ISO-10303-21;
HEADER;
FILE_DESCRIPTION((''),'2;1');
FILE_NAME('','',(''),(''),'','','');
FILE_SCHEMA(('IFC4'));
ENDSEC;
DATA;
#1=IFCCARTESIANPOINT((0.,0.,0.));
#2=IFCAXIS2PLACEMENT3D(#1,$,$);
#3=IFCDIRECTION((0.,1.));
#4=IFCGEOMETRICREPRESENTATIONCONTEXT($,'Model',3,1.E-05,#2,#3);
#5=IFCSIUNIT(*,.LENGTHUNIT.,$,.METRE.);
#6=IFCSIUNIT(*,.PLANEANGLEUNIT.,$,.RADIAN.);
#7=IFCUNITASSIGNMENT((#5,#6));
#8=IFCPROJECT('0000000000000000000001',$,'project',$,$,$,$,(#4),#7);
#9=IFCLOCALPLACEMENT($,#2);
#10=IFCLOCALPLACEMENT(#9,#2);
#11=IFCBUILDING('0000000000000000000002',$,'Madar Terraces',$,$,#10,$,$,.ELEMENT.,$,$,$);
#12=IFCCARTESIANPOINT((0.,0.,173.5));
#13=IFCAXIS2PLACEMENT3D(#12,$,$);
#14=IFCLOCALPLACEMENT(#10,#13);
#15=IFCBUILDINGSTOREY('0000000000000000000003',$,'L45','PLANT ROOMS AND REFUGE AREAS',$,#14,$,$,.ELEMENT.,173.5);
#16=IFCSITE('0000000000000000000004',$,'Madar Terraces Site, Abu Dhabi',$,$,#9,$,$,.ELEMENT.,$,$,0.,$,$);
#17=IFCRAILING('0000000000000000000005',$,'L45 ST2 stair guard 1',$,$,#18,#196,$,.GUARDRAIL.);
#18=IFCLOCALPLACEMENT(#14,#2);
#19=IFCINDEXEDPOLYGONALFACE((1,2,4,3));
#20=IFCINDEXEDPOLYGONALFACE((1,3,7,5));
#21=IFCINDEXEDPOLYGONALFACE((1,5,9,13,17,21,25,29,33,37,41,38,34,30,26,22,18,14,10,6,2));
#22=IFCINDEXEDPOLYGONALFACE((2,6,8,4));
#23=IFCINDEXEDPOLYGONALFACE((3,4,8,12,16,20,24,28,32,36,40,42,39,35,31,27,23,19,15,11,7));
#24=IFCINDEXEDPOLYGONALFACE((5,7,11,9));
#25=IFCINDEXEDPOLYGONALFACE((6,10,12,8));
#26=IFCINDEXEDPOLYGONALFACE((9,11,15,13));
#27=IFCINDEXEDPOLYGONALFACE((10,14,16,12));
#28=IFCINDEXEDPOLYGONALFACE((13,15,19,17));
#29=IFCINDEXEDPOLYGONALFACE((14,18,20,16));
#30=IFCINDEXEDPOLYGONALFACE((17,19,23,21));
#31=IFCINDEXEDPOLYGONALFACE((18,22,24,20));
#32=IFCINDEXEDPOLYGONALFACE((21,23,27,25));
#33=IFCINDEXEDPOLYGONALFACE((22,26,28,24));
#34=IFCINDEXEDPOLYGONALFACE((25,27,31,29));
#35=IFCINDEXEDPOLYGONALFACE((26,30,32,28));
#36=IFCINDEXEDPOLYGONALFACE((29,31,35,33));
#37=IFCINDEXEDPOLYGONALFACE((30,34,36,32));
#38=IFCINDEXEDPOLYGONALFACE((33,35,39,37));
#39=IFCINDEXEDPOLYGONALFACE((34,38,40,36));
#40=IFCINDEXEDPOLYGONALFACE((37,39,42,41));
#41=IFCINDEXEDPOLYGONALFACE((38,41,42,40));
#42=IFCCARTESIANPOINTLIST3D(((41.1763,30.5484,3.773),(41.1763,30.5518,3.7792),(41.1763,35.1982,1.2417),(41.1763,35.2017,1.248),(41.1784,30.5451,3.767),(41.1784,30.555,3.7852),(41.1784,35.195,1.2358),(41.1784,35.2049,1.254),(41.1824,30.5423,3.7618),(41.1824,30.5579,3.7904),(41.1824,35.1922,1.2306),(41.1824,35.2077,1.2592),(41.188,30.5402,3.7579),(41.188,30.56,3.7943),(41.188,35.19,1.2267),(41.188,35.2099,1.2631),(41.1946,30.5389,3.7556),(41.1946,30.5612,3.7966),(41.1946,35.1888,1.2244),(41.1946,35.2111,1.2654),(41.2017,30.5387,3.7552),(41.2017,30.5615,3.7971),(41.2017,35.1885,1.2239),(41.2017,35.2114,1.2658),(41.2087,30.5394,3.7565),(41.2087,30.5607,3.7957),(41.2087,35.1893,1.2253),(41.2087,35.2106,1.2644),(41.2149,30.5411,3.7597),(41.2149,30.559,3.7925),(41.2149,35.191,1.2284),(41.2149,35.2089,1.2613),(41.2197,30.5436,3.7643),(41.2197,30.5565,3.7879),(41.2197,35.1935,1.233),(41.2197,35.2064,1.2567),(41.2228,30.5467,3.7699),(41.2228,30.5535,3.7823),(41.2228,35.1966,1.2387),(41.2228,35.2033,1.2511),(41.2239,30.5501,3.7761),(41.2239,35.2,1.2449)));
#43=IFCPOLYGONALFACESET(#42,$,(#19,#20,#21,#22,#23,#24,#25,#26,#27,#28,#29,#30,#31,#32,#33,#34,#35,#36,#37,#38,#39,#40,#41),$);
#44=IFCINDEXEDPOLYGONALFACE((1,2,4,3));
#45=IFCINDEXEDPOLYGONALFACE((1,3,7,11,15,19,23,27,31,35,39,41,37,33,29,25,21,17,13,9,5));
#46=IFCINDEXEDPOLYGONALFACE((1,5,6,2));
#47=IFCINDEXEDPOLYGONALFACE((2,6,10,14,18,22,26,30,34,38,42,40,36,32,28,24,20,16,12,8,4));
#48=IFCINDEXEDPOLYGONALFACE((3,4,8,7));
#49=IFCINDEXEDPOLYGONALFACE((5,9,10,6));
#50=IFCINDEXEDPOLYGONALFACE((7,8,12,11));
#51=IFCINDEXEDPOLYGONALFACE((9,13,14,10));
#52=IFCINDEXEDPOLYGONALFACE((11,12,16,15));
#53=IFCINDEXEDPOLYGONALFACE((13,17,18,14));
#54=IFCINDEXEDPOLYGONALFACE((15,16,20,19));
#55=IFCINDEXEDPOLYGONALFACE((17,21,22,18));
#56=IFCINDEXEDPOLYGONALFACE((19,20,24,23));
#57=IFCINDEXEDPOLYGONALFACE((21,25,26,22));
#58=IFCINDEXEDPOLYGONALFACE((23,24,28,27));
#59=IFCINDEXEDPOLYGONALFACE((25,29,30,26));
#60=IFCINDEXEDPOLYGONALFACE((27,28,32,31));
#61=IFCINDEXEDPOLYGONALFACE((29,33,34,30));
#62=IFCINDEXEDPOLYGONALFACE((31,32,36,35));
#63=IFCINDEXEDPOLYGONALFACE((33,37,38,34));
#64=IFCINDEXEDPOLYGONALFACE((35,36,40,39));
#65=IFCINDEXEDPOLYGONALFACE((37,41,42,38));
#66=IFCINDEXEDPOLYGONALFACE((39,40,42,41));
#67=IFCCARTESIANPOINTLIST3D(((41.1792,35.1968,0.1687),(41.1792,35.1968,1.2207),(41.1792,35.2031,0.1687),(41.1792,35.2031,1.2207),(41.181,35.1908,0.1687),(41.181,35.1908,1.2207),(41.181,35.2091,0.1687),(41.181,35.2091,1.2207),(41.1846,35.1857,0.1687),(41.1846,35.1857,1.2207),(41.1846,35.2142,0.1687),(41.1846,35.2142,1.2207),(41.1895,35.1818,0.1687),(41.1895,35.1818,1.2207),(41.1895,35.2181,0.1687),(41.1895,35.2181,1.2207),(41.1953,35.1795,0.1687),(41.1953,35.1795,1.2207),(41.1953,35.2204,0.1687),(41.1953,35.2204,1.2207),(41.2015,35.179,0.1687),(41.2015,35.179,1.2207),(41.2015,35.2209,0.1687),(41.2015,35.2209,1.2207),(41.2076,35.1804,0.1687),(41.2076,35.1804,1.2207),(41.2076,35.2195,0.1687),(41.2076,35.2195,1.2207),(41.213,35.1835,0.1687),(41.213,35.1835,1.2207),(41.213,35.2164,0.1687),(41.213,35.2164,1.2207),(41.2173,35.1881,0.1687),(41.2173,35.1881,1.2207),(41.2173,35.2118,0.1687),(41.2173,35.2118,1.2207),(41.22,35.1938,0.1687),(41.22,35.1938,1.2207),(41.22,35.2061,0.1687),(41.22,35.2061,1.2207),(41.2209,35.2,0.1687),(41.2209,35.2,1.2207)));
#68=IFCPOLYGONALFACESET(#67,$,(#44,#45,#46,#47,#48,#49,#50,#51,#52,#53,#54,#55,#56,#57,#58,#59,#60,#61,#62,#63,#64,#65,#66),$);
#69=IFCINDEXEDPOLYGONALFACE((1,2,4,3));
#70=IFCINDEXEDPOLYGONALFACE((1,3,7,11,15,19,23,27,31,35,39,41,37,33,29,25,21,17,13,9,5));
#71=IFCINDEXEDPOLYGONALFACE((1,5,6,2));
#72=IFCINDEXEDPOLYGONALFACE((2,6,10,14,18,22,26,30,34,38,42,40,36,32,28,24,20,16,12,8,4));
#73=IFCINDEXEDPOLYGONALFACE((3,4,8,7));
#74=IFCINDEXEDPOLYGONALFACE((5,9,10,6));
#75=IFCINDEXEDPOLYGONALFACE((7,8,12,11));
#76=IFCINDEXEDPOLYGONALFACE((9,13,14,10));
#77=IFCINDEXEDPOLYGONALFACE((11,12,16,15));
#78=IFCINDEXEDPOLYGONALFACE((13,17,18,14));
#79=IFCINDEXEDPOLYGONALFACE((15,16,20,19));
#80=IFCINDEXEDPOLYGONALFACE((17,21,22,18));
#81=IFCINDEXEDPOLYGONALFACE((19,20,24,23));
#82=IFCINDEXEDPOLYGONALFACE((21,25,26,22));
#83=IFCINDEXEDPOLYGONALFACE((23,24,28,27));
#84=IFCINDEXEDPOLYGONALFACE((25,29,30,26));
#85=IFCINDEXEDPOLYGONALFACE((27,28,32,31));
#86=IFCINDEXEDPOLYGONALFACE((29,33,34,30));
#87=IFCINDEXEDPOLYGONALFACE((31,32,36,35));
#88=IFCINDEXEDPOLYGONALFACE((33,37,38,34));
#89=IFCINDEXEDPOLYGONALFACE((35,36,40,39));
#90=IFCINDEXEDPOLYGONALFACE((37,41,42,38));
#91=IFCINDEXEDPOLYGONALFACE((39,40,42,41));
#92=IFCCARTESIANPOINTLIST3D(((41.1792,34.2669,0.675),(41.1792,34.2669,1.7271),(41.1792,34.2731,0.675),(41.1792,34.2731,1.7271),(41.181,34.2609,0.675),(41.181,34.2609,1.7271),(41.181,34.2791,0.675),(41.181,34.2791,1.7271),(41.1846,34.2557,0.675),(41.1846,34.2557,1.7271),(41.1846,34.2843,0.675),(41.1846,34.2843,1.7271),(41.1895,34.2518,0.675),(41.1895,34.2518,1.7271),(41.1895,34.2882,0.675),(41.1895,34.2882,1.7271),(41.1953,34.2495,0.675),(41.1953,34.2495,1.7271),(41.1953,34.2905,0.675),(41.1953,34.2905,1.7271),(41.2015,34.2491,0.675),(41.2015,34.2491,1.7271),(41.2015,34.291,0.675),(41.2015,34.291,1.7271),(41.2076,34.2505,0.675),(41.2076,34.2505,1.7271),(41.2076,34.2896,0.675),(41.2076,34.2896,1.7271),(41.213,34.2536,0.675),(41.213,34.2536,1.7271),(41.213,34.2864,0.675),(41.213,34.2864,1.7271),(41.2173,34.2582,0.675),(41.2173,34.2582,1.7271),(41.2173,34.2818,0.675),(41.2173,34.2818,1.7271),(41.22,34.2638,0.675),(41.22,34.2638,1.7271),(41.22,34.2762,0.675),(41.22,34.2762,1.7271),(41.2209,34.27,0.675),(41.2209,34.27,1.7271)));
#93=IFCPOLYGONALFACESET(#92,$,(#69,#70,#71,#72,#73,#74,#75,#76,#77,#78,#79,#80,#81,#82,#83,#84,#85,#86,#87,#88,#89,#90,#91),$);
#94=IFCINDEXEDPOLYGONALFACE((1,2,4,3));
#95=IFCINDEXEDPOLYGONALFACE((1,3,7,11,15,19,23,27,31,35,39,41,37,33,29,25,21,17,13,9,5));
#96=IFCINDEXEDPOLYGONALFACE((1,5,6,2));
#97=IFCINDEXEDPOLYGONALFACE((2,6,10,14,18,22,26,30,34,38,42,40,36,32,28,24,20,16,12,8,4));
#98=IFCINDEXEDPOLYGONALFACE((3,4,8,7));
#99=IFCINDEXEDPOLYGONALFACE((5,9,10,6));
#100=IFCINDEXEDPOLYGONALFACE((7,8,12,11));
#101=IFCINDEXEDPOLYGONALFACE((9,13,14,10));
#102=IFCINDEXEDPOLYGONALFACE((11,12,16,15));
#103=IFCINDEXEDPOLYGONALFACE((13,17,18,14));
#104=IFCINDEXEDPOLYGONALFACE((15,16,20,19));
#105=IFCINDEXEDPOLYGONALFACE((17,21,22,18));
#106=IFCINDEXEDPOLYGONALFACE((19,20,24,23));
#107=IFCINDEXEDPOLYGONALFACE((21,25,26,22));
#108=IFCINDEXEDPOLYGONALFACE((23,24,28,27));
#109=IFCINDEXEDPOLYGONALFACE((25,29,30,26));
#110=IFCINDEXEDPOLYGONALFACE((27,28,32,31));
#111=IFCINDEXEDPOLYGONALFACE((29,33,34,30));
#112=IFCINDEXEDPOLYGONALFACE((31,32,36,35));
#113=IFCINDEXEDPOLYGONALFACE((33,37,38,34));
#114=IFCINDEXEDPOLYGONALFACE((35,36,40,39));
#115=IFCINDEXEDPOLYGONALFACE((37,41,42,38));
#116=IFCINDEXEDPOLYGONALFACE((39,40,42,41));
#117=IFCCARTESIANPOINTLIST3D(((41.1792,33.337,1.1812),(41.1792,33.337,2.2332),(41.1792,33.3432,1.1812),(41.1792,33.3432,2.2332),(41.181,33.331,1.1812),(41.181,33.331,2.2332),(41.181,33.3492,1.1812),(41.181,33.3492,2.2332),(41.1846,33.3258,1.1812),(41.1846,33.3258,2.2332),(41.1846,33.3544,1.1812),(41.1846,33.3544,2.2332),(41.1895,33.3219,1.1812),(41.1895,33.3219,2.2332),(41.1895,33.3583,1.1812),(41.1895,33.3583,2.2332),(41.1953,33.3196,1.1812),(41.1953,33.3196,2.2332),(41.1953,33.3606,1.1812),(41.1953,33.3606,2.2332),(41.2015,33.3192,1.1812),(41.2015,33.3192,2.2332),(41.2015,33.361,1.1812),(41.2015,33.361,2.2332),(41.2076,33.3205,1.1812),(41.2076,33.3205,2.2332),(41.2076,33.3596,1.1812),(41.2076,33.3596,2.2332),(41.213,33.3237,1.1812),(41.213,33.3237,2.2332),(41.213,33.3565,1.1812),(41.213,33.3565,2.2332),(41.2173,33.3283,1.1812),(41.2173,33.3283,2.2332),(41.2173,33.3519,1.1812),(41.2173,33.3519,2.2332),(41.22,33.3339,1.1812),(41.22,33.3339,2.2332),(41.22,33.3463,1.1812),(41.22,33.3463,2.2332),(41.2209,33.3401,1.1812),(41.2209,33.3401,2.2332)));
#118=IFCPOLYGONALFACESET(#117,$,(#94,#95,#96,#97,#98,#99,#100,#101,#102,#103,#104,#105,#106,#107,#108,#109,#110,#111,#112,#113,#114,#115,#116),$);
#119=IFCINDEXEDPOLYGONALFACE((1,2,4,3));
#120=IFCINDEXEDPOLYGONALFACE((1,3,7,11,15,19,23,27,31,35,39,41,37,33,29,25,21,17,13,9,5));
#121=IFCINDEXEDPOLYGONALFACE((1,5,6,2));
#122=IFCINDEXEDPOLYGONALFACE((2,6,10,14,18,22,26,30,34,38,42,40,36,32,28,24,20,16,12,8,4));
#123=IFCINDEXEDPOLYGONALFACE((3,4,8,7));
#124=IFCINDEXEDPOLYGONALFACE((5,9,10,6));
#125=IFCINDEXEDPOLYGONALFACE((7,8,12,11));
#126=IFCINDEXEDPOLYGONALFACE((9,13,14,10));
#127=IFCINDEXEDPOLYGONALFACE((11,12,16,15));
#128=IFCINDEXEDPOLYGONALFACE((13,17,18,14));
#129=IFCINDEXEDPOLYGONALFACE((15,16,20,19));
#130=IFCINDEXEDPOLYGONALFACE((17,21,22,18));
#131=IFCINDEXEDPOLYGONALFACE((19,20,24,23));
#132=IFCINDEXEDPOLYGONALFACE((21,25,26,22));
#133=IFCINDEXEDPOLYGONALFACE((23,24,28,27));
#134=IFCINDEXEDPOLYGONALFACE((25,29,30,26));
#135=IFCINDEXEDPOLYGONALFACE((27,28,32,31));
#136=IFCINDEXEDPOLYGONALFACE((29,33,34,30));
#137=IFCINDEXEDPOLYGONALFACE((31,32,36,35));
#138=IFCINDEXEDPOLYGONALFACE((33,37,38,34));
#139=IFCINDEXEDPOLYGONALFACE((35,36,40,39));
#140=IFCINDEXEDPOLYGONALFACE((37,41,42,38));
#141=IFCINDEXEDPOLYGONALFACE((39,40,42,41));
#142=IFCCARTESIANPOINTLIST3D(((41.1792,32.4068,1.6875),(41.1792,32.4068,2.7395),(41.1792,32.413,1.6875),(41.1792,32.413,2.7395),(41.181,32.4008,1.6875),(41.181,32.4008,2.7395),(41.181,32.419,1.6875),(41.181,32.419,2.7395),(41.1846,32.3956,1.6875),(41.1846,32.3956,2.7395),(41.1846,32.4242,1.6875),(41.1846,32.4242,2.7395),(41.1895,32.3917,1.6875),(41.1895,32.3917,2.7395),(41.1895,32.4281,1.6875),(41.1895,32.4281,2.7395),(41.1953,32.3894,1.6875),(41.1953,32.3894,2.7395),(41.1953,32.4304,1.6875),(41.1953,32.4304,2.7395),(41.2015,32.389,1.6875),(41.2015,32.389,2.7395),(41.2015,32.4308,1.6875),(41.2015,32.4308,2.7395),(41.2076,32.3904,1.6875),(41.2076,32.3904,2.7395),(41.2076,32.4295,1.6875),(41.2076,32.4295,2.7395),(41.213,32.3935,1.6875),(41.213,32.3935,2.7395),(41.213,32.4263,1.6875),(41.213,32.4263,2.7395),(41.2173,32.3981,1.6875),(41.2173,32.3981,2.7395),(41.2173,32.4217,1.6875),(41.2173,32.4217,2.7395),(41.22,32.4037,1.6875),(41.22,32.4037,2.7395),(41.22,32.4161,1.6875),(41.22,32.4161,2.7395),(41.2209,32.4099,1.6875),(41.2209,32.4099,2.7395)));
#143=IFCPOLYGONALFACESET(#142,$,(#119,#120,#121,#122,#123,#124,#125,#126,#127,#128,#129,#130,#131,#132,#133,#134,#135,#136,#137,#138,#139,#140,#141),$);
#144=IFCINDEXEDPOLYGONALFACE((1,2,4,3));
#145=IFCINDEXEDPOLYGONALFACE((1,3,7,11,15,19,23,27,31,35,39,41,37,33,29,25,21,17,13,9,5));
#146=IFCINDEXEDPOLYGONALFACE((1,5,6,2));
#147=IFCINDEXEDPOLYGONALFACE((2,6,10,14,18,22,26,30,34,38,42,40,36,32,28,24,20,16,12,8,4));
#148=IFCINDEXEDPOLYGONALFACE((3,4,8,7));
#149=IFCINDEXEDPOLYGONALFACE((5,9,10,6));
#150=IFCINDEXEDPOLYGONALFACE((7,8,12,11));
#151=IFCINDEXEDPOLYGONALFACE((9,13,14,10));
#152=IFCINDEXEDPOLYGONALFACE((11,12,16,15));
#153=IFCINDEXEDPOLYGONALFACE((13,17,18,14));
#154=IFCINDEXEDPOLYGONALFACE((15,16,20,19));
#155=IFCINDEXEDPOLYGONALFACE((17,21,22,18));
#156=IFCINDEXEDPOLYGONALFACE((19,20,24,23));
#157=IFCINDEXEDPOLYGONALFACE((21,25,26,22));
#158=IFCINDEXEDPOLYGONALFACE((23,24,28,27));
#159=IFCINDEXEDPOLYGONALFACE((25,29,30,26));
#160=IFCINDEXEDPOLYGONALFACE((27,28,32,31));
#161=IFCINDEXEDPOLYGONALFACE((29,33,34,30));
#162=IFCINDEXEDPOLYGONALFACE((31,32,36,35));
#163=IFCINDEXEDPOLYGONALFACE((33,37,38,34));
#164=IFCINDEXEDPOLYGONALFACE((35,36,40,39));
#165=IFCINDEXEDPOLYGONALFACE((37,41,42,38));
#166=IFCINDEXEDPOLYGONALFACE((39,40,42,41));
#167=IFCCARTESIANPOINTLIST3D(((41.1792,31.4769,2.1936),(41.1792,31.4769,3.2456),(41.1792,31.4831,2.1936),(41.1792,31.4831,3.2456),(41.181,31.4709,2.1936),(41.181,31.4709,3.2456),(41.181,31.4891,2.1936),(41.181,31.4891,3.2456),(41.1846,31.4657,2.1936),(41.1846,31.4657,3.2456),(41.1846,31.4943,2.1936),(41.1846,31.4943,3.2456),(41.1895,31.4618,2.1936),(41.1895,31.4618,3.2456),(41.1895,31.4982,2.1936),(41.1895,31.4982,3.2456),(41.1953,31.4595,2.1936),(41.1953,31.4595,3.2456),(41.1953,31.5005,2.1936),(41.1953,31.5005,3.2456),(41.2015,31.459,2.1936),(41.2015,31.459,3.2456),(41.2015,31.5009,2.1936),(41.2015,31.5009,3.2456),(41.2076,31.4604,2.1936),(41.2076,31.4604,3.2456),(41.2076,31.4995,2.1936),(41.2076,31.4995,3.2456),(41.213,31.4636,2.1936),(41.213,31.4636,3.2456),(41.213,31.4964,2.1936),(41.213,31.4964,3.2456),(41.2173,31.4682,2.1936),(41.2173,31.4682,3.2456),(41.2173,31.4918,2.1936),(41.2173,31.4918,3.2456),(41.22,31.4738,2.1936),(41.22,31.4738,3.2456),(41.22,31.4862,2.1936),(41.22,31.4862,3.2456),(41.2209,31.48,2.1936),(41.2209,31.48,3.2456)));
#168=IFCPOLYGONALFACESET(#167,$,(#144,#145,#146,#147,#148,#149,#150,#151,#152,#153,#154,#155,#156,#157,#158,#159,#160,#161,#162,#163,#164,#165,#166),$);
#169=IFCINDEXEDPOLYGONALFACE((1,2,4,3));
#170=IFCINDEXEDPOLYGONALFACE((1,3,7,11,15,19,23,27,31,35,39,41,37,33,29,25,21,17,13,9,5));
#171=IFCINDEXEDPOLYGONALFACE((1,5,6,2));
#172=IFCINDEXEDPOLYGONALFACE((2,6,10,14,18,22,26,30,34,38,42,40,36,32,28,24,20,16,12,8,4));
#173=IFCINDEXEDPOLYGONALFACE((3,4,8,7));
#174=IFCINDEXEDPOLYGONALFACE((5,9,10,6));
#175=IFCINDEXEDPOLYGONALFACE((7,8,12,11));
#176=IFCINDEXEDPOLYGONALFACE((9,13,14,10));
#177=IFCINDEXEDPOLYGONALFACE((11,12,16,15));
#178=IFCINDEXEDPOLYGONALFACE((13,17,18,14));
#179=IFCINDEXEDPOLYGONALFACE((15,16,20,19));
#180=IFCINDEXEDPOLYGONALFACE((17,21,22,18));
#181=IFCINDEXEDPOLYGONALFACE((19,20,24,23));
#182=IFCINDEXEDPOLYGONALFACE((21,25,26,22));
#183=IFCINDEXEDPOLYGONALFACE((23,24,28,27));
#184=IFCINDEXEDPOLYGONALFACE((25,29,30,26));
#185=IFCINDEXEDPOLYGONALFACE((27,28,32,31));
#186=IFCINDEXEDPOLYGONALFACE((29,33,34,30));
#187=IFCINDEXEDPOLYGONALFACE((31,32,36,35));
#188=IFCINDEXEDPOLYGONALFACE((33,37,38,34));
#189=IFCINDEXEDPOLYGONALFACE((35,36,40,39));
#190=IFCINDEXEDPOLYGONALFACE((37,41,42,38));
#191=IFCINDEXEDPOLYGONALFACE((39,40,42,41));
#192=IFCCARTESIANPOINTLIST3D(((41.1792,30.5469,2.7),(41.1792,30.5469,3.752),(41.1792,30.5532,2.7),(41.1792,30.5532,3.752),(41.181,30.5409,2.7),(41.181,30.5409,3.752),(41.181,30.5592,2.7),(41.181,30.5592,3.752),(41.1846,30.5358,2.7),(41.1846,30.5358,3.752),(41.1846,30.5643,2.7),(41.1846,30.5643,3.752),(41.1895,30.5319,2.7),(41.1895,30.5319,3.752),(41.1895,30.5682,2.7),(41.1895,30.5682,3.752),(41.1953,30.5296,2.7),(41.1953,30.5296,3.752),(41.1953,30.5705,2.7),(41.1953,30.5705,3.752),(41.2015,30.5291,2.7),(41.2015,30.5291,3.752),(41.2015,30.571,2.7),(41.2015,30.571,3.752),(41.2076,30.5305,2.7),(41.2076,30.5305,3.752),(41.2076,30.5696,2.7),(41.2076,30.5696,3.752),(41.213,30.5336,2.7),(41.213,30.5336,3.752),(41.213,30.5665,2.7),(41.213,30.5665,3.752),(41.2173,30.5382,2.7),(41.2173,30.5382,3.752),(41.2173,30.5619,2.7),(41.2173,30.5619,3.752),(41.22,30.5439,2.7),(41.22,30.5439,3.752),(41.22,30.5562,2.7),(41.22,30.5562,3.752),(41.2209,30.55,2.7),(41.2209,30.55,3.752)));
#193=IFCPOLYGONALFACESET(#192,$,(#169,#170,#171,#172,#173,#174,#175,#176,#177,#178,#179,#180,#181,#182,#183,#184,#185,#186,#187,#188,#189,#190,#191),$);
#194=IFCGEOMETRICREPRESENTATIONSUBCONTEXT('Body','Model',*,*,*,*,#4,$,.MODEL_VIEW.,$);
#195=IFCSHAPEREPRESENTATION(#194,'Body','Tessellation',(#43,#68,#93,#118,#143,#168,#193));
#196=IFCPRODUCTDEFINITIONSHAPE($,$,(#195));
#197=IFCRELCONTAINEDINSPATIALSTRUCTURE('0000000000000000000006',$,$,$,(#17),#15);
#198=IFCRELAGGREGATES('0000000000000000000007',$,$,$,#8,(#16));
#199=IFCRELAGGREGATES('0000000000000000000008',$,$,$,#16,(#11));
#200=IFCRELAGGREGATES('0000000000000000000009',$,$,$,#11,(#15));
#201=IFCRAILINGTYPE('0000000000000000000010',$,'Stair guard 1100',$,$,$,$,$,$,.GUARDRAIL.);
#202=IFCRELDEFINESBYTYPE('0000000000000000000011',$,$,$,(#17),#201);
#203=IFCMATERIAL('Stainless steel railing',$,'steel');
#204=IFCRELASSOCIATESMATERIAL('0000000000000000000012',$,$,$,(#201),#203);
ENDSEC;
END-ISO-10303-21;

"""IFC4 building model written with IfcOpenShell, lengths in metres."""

from ifc_helpers import new_model, si_unit, direction, frame, origin, origin_2d, place, context, subcontext, project, spatial, circle, extrude, material, type_object, element, save


model = new_model("IFC4")

# Units and contexts
model_context = context("Model", 3, precision=1e-05, world=origin(), true_north=direction((0.0, 1.0)))
body_context = subcontext(model_context, "Body", "Model", "MODEL_VIEW")
ifc_project = project(units=[si_unit("LENGTHUNIT", "METRE"), si_unit("PLANEANGLEUNIT", "RADIAN")], contexts=[model_context])

# Site, building, storey
site_placement = place(None, origin())
site = spatial("IfcSite", under=ifc_project, at=site_placement, Name="Madar Terraces Site, Abu Dhabi", CompositionType="ELEMENT", RefElevation=0.0)
building_placement = place(site_placement, origin())
building = spatial("IfcBuilding", under=site, at=building_placement, Name="Madar Terraces", CompositionType="ELEMENT")
storey_placement = place(building_placement, frame((0.0, 0.0, 173.5)))
storey = spatial("IfcBuildingStorey", under=building, at=storey_placement, Name="L45", Description="PLANT ROOMS AND REFUGE AREAS", CompositionType="ELEMENT", Elevation=173.5)

# Railing
ifc_material_1 = material(Name="Stainless steel railing", Category="steel")
railing_type_1 = type_object("IfcRailingType", Name="Stair guard 1100", PredefinedType="GUARDRAIL", material=ifc_material_1)
railing_1_placement = place(storey_placement, frame((41.2, 35.2, 0.1687)))
element("IfcRailing", 1, at=railing_1_placement, inside=storey, type_object=railing_type_1, Name="L45 ST2 stair guard 1", PredefinedType="GUARDRAIL", context=body_context, shape_type="SweptSolid", body=[
    extrude(circle(Radius=0.0239, at=origin_2d()), frame((0.0, 0.0, 1.0762), z_axis=(0.0, -0.878297, 0.478115), x_axis=(1.0, 0.0, 0.0)), (0.0, 0.0, 1.0), 5.2942),
    extrude(circle(Radius=0.021, at=origin_2d()), origin(), (0.0, 0.0, 1.0), 1.052),
    extrude(circle(Radius=0.021, at=origin_2d()), frame((0.0, -0.9299, 0.5063)), (0.0, 0.0, 1.0), 1.052),
    extrude(circle(Radius=0.021, at=origin_2d()), frame((0.0, -1.8599, 1.0125)), (0.0, 0.0, 1.0), 1.052),
    extrude(circle(Radius=0.021, at=origin_2d()), frame((0.0, -2.79, 1.5188)), (0.0, 0.0, 1.0), 1.052),
    extrude(circle(Radius=0.021, at=origin_2d()), frame((0.0, -3.72, 2.0249)), (0.0, 0.0, 1.0), 1.052),
    extrude(circle(Radius=0.021, at=origin_2d()), frame((0.0, -4.6499, 2.5312)), (0.0, 0.0, 1.0), 1.052),
])

save(model, "model.ifc")
